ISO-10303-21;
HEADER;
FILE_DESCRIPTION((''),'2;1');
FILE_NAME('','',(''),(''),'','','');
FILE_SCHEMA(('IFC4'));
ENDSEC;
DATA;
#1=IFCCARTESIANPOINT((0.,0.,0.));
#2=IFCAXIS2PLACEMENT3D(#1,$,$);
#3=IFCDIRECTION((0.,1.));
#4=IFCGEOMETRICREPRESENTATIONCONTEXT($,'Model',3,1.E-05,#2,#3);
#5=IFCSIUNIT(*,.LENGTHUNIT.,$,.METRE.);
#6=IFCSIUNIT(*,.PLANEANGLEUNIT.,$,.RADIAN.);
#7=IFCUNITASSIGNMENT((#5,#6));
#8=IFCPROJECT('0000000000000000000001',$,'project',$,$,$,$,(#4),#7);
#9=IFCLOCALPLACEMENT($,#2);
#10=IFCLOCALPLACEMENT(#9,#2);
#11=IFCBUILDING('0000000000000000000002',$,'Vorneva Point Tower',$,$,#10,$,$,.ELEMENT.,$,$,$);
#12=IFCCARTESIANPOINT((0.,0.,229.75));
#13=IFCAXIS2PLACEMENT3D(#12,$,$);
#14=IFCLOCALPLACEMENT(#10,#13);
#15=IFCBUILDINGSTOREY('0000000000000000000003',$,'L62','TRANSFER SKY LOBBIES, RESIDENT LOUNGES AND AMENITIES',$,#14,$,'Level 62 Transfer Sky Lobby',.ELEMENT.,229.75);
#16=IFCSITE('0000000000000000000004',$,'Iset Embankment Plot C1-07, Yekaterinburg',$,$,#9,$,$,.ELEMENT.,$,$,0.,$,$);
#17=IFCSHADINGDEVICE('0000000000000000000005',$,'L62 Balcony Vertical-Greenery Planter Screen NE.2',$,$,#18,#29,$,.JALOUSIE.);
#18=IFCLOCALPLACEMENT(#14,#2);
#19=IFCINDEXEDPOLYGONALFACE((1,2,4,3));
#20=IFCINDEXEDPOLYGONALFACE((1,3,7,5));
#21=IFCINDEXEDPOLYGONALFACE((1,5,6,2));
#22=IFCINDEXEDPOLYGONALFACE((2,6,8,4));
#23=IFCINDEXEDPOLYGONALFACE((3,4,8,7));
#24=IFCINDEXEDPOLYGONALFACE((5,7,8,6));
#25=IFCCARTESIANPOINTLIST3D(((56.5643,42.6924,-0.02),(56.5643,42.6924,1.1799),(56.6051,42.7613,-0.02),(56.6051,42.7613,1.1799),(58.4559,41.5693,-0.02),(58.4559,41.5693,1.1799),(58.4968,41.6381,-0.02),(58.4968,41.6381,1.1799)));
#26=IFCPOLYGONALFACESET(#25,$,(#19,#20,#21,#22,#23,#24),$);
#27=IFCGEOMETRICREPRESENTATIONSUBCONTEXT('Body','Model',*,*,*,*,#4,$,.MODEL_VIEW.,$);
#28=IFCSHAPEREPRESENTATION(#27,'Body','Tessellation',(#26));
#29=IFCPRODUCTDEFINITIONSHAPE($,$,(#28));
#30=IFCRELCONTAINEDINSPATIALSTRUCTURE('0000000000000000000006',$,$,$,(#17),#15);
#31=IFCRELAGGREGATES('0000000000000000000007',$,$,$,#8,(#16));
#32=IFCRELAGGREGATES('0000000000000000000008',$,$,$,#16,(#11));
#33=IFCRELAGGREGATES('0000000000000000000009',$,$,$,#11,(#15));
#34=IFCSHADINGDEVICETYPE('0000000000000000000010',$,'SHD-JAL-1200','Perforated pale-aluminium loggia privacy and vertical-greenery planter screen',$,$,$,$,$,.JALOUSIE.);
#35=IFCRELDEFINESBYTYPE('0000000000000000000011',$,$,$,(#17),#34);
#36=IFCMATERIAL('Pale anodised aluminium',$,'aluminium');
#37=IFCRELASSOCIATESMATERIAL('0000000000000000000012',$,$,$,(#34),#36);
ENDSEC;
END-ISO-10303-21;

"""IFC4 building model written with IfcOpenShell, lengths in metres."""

from ifc_helpers import new_model, si_unit, direction, frame, origin, origin_2d, place, context, subcontext, project, spatial, rectangle, extrude, material, type_object, element, save


model = new_model("IFC4")

# Units and contexts
model_context = context("Model", 3, precision=1e-05, world=origin(), true_north=direction((0.0, 1.0)))
body_context = subcontext(model_context, "Body", "Model", "MODEL_VIEW")
ifc_project = project(units=[si_unit("LENGTHUNIT", "METRE"), si_unit("PLANEANGLEUNIT", "RADIAN")], contexts=[model_context])

# Site, building, storey
site_placement = place(None, origin())
site = spatial("IfcSite", under=ifc_project, at=site_placement, Name="Iset Embankment Plot C1-07, Yekaterinburg", CompositionType="ELEMENT", RefElevation=0.0)
building_placement = place(site_placement, origin())
building = spatial("IfcBuilding", under=site, at=building_placement, Name="Vorneva Point Tower", CompositionType="ELEMENT")
storey_placement = place(building_placement, frame((0.0, 0.0, 229.75)))
storey = spatial("IfcBuildingStorey", under=building, at=storey_placement, Name="L62", Description="TRANSFER SKY LOBBIES, RESIDENT LOUNGES AND AMENITIES", LongName="Level 62 Transfer Sky Lobby", CompositionType="ELEMENT", Elevation=229.75)

# Shared definitions
ifc_material_1 = material(Name="Pale anodised aluminium", Category="aluminium")

# Shading device
shading_device_type = type_object("IfcShadingDeviceType", Name="SHD-JAL-1200", Description="Perforated pale-aluminium loggia privacy and vertical-greenery planter screen", PredefinedType="JALOUSIE", material=ifc_material_1)
shading_device_placement = place(storey_placement, frame((57.5305, 42.1653, -0.02), z_axis=(0.0, 0.0, 1.0), x_axis=(-0.859861, 0.510528, 0.0)))
element("IfcShadingDevice", 1, at=shading_device_placement, inside=storey, type_object=shading_device_type, Name="L62 Balcony Vertical-Greenery Planter Screen NE.2", PredefinedType="JALOUSIE", context=body_context, shape_type="SweptSolid", body=[
    extrude(rectangle(XDim=2.2, YDim=0.0801, at=origin_2d()), origin(), (0.0, 0.0, 1.0), 1.2),
])

save(model, "model.ifc")
